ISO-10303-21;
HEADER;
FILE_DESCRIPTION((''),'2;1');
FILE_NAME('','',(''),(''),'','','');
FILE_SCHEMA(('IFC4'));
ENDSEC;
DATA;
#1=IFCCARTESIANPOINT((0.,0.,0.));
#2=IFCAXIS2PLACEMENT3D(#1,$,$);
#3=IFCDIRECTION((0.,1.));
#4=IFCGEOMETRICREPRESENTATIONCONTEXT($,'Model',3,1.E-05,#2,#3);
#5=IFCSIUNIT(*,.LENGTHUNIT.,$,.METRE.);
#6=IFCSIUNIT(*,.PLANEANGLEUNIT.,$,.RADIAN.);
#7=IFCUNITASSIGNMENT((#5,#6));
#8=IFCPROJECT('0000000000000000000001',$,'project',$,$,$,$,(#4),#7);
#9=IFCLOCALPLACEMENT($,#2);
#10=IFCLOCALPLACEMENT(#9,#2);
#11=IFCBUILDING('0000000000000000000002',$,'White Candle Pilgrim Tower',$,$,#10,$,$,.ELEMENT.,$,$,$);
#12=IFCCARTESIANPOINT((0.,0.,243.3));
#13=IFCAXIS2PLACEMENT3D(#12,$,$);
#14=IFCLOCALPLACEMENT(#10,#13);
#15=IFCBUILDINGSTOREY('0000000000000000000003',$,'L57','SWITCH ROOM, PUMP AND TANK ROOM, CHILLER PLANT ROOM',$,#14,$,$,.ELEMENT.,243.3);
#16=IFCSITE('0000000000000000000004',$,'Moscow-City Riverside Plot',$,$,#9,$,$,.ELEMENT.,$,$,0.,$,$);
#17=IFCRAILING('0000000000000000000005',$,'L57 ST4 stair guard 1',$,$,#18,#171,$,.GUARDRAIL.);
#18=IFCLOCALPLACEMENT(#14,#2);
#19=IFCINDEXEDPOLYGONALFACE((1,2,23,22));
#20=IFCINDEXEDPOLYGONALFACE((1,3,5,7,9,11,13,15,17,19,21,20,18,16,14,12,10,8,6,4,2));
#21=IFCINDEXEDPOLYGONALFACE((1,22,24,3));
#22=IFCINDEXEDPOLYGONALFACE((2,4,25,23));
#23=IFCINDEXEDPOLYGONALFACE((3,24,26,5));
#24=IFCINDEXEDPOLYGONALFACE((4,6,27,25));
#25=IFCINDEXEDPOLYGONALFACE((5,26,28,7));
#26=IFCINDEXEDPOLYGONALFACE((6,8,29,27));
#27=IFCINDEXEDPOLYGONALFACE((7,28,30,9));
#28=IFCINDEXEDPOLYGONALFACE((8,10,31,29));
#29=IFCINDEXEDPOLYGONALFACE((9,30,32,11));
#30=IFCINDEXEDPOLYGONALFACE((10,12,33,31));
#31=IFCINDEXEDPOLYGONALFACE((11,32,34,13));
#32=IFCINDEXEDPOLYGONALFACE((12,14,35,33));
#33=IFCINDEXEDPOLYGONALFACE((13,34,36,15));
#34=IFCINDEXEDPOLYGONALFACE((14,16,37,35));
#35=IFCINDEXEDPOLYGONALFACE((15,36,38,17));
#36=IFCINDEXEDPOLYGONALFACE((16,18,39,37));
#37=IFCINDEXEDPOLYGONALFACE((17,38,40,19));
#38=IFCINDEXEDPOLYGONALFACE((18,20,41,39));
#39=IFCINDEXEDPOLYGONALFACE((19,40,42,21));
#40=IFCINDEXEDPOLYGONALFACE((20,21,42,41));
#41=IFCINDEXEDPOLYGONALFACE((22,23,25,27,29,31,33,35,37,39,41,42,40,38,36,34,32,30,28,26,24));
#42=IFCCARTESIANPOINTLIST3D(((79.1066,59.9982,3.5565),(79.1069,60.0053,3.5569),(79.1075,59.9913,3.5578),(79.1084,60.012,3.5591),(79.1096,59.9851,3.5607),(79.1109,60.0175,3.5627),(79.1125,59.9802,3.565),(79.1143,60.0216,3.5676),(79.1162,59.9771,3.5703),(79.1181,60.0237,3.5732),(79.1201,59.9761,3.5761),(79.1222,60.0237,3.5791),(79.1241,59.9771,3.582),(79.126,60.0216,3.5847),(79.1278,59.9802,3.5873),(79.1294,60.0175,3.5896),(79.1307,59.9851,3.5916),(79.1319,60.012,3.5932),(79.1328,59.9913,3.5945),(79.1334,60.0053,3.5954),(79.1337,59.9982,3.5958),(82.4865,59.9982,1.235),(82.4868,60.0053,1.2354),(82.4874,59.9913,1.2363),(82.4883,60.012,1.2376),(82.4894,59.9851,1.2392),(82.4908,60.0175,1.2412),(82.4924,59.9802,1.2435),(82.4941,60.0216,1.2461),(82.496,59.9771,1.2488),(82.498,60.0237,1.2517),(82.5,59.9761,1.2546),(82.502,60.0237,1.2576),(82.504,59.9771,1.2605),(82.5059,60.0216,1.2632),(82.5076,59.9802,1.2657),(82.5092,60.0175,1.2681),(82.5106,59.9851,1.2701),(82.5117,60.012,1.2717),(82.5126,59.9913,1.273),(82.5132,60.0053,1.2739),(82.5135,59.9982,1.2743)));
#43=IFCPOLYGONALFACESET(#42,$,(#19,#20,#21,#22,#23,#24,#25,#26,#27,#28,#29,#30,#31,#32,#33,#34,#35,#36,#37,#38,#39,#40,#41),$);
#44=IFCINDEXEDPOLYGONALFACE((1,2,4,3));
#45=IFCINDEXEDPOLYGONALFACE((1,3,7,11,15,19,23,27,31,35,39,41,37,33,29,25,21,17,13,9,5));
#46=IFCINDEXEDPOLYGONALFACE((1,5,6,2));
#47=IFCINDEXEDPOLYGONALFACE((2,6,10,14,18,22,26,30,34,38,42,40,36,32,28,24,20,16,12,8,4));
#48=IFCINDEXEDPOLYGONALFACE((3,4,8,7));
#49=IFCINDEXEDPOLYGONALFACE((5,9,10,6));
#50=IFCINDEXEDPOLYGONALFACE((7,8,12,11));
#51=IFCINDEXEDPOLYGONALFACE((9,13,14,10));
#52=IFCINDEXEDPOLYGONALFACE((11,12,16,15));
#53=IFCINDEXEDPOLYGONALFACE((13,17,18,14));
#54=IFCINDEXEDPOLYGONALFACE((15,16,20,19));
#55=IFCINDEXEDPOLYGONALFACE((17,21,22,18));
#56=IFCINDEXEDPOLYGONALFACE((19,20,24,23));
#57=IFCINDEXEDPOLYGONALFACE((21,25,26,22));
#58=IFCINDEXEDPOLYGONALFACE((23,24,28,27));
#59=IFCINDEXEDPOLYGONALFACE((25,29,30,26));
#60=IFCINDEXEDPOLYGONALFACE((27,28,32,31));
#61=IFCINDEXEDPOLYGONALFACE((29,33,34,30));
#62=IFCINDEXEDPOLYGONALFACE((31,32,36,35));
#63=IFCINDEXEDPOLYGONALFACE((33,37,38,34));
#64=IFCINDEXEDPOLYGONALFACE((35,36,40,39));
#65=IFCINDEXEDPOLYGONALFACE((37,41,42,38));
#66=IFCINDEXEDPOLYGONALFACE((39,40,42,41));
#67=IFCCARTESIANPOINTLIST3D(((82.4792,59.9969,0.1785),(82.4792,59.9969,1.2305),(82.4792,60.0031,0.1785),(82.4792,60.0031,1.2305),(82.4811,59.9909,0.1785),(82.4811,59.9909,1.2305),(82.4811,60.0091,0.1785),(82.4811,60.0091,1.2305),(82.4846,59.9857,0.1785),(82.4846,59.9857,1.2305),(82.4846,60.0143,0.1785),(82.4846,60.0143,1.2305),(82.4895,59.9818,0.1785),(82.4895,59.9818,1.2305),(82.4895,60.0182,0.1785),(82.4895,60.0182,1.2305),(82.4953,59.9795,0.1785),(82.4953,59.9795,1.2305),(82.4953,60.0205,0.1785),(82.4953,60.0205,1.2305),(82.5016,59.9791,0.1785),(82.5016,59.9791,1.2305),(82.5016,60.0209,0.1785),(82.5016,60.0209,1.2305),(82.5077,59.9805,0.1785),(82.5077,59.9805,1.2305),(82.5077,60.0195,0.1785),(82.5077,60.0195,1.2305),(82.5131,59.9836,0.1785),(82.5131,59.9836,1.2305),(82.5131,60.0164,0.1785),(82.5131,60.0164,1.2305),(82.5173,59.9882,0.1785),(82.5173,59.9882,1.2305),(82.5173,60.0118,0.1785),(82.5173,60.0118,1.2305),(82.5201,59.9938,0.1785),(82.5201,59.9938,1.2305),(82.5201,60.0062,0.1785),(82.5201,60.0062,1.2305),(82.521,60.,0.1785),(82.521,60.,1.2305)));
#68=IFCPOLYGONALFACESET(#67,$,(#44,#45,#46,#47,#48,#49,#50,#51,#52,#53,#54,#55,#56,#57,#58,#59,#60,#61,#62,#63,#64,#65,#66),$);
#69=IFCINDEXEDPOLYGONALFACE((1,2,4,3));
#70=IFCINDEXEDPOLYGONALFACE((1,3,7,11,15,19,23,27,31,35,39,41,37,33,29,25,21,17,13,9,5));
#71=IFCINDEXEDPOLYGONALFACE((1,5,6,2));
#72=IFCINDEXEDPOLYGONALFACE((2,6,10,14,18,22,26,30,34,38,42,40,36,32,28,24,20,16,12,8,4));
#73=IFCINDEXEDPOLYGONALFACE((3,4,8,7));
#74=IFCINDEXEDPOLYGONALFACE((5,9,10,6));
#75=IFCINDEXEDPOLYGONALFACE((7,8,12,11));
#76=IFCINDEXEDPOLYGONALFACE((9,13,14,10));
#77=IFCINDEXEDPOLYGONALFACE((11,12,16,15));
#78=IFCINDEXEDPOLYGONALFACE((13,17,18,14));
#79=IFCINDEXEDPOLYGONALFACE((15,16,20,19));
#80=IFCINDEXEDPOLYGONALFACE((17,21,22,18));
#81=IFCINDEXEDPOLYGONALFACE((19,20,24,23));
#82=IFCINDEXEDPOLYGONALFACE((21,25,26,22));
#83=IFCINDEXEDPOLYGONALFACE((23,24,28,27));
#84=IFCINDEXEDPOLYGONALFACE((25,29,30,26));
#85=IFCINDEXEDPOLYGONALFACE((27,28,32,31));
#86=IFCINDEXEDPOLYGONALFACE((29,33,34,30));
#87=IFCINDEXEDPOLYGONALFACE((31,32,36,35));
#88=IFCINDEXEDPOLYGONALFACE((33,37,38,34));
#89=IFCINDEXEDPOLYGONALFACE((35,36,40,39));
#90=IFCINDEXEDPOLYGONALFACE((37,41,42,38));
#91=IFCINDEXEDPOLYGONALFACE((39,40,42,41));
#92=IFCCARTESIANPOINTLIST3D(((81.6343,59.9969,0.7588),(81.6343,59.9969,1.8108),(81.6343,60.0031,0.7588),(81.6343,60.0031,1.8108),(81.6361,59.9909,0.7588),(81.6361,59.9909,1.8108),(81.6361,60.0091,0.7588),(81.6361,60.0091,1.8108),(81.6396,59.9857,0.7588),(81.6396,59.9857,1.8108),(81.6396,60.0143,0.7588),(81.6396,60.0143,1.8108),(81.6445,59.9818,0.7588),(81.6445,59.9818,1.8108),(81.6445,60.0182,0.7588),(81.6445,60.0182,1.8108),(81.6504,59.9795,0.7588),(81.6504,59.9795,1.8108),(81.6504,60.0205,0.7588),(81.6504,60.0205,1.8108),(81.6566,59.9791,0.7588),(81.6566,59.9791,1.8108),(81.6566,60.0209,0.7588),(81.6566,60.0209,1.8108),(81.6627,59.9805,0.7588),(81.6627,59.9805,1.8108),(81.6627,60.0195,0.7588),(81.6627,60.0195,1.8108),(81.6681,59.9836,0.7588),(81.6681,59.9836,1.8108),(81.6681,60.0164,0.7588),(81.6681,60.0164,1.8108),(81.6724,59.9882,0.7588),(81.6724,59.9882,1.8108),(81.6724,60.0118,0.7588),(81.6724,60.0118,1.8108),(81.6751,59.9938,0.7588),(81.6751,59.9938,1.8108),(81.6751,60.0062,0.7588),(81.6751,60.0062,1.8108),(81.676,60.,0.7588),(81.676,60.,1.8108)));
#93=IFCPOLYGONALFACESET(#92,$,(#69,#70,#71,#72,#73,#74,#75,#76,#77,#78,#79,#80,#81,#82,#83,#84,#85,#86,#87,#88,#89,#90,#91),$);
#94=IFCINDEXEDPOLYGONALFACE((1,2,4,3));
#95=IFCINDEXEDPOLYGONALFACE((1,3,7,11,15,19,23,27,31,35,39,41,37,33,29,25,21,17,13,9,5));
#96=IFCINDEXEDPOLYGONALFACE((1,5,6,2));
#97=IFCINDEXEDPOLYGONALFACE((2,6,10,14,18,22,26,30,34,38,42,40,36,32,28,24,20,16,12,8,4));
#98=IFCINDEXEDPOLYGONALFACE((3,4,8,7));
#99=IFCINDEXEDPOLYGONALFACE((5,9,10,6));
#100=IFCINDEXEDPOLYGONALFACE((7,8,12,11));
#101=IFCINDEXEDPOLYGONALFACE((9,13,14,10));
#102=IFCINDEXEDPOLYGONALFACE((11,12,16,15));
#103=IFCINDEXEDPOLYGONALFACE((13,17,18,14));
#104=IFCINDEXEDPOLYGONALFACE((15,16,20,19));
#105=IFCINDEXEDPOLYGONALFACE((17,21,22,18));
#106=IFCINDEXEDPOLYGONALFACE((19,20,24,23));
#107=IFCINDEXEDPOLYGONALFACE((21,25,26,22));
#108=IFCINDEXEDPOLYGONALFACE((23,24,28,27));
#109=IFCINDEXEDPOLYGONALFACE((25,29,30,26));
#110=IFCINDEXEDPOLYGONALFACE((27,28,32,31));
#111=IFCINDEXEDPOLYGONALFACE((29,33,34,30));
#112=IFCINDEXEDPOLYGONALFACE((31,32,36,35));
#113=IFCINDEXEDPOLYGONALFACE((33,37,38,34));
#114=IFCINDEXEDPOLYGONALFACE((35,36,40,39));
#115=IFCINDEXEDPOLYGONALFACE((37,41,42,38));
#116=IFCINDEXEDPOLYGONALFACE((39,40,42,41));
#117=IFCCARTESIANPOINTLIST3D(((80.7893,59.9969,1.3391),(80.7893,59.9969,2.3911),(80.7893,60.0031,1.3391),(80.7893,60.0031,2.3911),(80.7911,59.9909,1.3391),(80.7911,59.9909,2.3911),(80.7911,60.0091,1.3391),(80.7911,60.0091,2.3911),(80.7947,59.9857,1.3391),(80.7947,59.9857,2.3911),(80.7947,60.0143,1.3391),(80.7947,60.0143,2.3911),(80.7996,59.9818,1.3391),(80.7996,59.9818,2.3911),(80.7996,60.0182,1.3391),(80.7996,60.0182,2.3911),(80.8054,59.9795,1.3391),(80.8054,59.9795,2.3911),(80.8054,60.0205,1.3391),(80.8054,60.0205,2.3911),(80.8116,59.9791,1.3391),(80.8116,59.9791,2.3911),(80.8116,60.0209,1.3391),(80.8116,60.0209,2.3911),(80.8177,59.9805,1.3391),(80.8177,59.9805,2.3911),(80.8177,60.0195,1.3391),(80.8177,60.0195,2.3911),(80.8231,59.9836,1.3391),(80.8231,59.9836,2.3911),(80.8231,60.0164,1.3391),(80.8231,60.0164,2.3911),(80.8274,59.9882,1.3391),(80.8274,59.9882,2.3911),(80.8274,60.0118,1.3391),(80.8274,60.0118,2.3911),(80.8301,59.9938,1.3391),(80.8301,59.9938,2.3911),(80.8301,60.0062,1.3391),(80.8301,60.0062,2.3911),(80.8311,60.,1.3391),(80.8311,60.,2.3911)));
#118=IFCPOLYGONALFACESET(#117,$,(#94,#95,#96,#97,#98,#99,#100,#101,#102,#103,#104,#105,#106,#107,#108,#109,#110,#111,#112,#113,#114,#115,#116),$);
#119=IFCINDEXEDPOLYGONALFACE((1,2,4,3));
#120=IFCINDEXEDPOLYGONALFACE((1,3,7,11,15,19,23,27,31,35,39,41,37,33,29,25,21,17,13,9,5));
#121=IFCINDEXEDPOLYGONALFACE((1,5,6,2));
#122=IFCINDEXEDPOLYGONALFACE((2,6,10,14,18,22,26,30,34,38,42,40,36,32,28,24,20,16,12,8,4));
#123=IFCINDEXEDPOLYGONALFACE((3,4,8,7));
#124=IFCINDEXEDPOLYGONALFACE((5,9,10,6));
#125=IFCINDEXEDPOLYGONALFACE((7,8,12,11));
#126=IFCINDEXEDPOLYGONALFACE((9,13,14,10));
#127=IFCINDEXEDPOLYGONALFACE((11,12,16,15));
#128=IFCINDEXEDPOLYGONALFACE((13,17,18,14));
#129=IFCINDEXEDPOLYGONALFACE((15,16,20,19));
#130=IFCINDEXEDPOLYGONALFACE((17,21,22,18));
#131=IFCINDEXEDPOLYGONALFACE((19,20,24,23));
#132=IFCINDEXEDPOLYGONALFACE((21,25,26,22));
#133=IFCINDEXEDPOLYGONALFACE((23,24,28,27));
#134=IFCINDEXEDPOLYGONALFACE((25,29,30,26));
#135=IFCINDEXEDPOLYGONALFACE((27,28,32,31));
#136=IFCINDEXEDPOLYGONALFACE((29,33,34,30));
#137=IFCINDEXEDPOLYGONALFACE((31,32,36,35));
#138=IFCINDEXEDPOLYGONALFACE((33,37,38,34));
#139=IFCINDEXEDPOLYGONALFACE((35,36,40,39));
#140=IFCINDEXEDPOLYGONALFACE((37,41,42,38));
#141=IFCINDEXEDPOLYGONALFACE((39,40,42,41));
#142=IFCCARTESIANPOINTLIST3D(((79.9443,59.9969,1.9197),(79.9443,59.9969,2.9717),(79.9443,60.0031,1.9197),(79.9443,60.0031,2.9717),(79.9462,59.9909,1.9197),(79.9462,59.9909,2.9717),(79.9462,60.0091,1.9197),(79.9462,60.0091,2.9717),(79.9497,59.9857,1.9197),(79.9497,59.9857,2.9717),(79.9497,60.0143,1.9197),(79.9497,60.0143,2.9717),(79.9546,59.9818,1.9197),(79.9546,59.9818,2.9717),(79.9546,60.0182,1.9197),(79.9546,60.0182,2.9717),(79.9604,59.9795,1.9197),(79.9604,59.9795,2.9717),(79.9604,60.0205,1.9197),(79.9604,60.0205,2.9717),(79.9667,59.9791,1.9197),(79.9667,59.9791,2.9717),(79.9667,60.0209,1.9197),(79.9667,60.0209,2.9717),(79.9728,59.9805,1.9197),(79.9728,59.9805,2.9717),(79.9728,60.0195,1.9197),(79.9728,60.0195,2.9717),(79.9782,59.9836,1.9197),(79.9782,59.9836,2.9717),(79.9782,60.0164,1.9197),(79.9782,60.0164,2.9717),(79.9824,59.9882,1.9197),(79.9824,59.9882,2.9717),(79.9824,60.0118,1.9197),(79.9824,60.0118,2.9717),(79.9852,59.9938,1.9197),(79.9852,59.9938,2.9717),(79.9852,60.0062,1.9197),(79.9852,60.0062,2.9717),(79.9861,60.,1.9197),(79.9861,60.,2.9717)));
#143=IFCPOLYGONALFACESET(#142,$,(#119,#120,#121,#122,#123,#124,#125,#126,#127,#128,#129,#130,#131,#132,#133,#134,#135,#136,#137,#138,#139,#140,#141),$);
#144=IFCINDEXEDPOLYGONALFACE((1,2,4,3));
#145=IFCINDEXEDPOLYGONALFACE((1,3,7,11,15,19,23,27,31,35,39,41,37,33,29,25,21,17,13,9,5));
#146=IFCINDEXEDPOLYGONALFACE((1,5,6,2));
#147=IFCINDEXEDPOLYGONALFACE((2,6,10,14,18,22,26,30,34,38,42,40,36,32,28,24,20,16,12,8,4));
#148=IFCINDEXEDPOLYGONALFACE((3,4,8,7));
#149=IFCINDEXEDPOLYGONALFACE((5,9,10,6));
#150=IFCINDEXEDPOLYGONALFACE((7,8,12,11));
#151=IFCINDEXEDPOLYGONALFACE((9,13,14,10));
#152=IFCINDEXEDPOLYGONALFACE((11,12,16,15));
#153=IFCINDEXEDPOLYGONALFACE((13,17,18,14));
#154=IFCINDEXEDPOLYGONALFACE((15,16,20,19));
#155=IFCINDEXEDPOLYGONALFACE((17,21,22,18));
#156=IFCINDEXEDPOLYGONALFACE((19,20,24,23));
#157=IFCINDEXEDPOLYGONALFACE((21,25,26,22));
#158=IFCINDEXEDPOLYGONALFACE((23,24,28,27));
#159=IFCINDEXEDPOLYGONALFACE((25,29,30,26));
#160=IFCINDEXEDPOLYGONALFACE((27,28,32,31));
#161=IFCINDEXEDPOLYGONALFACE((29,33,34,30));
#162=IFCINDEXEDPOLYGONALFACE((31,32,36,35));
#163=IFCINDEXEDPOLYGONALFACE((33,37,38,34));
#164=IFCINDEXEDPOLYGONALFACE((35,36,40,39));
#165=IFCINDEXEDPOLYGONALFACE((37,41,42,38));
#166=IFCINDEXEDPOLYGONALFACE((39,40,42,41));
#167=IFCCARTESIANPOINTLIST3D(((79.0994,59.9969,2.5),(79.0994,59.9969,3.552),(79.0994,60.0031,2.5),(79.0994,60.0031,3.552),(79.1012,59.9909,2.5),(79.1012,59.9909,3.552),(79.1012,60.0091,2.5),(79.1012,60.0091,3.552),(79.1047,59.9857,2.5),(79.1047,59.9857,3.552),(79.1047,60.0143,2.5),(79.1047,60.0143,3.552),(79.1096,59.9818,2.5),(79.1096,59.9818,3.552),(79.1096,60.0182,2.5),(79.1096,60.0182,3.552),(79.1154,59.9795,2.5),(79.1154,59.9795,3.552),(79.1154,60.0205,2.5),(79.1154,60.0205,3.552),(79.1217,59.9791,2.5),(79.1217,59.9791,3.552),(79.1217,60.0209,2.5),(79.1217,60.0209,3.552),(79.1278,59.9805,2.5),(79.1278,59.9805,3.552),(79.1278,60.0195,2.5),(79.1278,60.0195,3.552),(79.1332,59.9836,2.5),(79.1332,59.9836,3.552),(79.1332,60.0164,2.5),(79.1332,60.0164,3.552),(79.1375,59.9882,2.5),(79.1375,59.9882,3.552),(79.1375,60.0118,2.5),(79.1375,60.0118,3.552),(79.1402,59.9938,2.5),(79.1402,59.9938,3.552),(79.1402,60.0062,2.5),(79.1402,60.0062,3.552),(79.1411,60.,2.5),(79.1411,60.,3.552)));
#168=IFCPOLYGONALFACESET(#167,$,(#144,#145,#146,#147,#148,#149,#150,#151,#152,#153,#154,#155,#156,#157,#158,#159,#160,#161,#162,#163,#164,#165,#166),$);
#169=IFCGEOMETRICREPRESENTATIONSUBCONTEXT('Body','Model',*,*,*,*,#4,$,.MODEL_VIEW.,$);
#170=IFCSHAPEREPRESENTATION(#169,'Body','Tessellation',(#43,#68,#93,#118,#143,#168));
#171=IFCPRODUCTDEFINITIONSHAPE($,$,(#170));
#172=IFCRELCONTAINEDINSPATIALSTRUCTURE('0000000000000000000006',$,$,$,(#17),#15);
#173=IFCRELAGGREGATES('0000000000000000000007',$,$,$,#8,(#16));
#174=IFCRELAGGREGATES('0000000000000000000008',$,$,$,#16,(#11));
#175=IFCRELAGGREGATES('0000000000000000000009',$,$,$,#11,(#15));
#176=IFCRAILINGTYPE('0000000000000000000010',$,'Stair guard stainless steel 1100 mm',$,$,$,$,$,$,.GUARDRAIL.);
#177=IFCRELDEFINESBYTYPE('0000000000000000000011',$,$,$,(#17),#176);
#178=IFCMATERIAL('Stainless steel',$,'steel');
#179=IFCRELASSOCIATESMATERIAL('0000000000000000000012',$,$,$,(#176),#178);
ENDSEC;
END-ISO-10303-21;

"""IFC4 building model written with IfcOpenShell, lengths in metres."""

from ifc_helpers import new_model, si_unit, direction, frame, origin, origin_2d, place, context, subcontext, project, spatial, circle, extrude, material, type_object, element, save


model = new_model("IFC4")

# Units and contexts
model_context = context("Model", 3, precision=1e-05, world=origin(), true_north=direction((0.0, 1.0)))
body_context = subcontext(model_context, "Body", "Model", "MODEL_VIEW")
ifc_project = project(units=[si_unit("LENGTHUNIT", "METRE"), si_unit("PLANEANGLEUNIT", "RADIAN")], contexts=[model_context])

# Site, building, storey
site_placement = place(None, origin())
site = spatial("IfcSite", under=ifc_project, at=site_placement, Name="Moscow-City Riverside Plot", CompositionType="ELEMENT", RefElevation=0.0)
building_placement = place(site_placement, origin())
building = spatial("IfcBuilding", under=site, at=building_placement, Name="White Candle Pilgrim Tower", CompositionType="ELEMENT")
storey_placement = place(building_placement, frame((0.0, 0.0, 243.3)))
storey = spatial("IfcBuildingStorey", under=building, at=storey_placement, Name="L57", Description="SWITCH ROOM, PUMP AND TANK ROOM, CHILLER PLANT ROOM", CompositionType="ELEMENT", Elevation=243.3)

# Railing
ifc_material_1 = material(Name="Stainless steel", Category="steel")
railing_type_1 = type_object("IfcRailingType", Name="Stair guard stainless steel 1100 mm", PredefinedType="GUARDRAIL", material=ifc_material_1)
railing_1_placement = place(storey_placement, frame((82.5, 60.0, 0.1785)))
element("IfcRailing", 1, at=railing_1_placement, inside=storey, type_object=railing_type_1, Name="L57 ST4 stair guard 1", PredefinedType="GUARDRAIL", context=body_context, shape_type="SweptSolid", body=[
    extrude(circle(Radius=0.0239, at=origin_2d()), frame((0.0, 0.0, 1.0762), z_axis=(-0.824285, 0.0, 0.566175), x_axis=(0.0, -1.0, 0.0)), (0.0, 0.0, 1.0), 4.1003),
    extrude(circle(Radius=0.021, at=origin_2d()), origin(), (0.0, 0.0, 1.0), 1.052),
    extrude(circle(Radius=0.021, at=origin_2d()), frame((-0.845, 0.0, 0.5803)), (0.0, 0.0, 1.0), 1.052),
    extrude(circle(Radius=0.021, at=origin_2d()), frame((-1.6899, 0.0, 1.1606)), (0.0, 0.0, 1.0), 1.052),
    extrude(circle(Radius=0.021, at=origin_2d()), frame((-2.5349, 0.0, 1.7412)), (0.0, 0.0, 1.0), 1.052),
    extrude(circle(Radius=0.021, at=origin_2d()), frame((-3.3799, 0.0, 2.3215)), (0.0, 0.0, 1.0), 1.052),
])

save(model, "model.ifc")
